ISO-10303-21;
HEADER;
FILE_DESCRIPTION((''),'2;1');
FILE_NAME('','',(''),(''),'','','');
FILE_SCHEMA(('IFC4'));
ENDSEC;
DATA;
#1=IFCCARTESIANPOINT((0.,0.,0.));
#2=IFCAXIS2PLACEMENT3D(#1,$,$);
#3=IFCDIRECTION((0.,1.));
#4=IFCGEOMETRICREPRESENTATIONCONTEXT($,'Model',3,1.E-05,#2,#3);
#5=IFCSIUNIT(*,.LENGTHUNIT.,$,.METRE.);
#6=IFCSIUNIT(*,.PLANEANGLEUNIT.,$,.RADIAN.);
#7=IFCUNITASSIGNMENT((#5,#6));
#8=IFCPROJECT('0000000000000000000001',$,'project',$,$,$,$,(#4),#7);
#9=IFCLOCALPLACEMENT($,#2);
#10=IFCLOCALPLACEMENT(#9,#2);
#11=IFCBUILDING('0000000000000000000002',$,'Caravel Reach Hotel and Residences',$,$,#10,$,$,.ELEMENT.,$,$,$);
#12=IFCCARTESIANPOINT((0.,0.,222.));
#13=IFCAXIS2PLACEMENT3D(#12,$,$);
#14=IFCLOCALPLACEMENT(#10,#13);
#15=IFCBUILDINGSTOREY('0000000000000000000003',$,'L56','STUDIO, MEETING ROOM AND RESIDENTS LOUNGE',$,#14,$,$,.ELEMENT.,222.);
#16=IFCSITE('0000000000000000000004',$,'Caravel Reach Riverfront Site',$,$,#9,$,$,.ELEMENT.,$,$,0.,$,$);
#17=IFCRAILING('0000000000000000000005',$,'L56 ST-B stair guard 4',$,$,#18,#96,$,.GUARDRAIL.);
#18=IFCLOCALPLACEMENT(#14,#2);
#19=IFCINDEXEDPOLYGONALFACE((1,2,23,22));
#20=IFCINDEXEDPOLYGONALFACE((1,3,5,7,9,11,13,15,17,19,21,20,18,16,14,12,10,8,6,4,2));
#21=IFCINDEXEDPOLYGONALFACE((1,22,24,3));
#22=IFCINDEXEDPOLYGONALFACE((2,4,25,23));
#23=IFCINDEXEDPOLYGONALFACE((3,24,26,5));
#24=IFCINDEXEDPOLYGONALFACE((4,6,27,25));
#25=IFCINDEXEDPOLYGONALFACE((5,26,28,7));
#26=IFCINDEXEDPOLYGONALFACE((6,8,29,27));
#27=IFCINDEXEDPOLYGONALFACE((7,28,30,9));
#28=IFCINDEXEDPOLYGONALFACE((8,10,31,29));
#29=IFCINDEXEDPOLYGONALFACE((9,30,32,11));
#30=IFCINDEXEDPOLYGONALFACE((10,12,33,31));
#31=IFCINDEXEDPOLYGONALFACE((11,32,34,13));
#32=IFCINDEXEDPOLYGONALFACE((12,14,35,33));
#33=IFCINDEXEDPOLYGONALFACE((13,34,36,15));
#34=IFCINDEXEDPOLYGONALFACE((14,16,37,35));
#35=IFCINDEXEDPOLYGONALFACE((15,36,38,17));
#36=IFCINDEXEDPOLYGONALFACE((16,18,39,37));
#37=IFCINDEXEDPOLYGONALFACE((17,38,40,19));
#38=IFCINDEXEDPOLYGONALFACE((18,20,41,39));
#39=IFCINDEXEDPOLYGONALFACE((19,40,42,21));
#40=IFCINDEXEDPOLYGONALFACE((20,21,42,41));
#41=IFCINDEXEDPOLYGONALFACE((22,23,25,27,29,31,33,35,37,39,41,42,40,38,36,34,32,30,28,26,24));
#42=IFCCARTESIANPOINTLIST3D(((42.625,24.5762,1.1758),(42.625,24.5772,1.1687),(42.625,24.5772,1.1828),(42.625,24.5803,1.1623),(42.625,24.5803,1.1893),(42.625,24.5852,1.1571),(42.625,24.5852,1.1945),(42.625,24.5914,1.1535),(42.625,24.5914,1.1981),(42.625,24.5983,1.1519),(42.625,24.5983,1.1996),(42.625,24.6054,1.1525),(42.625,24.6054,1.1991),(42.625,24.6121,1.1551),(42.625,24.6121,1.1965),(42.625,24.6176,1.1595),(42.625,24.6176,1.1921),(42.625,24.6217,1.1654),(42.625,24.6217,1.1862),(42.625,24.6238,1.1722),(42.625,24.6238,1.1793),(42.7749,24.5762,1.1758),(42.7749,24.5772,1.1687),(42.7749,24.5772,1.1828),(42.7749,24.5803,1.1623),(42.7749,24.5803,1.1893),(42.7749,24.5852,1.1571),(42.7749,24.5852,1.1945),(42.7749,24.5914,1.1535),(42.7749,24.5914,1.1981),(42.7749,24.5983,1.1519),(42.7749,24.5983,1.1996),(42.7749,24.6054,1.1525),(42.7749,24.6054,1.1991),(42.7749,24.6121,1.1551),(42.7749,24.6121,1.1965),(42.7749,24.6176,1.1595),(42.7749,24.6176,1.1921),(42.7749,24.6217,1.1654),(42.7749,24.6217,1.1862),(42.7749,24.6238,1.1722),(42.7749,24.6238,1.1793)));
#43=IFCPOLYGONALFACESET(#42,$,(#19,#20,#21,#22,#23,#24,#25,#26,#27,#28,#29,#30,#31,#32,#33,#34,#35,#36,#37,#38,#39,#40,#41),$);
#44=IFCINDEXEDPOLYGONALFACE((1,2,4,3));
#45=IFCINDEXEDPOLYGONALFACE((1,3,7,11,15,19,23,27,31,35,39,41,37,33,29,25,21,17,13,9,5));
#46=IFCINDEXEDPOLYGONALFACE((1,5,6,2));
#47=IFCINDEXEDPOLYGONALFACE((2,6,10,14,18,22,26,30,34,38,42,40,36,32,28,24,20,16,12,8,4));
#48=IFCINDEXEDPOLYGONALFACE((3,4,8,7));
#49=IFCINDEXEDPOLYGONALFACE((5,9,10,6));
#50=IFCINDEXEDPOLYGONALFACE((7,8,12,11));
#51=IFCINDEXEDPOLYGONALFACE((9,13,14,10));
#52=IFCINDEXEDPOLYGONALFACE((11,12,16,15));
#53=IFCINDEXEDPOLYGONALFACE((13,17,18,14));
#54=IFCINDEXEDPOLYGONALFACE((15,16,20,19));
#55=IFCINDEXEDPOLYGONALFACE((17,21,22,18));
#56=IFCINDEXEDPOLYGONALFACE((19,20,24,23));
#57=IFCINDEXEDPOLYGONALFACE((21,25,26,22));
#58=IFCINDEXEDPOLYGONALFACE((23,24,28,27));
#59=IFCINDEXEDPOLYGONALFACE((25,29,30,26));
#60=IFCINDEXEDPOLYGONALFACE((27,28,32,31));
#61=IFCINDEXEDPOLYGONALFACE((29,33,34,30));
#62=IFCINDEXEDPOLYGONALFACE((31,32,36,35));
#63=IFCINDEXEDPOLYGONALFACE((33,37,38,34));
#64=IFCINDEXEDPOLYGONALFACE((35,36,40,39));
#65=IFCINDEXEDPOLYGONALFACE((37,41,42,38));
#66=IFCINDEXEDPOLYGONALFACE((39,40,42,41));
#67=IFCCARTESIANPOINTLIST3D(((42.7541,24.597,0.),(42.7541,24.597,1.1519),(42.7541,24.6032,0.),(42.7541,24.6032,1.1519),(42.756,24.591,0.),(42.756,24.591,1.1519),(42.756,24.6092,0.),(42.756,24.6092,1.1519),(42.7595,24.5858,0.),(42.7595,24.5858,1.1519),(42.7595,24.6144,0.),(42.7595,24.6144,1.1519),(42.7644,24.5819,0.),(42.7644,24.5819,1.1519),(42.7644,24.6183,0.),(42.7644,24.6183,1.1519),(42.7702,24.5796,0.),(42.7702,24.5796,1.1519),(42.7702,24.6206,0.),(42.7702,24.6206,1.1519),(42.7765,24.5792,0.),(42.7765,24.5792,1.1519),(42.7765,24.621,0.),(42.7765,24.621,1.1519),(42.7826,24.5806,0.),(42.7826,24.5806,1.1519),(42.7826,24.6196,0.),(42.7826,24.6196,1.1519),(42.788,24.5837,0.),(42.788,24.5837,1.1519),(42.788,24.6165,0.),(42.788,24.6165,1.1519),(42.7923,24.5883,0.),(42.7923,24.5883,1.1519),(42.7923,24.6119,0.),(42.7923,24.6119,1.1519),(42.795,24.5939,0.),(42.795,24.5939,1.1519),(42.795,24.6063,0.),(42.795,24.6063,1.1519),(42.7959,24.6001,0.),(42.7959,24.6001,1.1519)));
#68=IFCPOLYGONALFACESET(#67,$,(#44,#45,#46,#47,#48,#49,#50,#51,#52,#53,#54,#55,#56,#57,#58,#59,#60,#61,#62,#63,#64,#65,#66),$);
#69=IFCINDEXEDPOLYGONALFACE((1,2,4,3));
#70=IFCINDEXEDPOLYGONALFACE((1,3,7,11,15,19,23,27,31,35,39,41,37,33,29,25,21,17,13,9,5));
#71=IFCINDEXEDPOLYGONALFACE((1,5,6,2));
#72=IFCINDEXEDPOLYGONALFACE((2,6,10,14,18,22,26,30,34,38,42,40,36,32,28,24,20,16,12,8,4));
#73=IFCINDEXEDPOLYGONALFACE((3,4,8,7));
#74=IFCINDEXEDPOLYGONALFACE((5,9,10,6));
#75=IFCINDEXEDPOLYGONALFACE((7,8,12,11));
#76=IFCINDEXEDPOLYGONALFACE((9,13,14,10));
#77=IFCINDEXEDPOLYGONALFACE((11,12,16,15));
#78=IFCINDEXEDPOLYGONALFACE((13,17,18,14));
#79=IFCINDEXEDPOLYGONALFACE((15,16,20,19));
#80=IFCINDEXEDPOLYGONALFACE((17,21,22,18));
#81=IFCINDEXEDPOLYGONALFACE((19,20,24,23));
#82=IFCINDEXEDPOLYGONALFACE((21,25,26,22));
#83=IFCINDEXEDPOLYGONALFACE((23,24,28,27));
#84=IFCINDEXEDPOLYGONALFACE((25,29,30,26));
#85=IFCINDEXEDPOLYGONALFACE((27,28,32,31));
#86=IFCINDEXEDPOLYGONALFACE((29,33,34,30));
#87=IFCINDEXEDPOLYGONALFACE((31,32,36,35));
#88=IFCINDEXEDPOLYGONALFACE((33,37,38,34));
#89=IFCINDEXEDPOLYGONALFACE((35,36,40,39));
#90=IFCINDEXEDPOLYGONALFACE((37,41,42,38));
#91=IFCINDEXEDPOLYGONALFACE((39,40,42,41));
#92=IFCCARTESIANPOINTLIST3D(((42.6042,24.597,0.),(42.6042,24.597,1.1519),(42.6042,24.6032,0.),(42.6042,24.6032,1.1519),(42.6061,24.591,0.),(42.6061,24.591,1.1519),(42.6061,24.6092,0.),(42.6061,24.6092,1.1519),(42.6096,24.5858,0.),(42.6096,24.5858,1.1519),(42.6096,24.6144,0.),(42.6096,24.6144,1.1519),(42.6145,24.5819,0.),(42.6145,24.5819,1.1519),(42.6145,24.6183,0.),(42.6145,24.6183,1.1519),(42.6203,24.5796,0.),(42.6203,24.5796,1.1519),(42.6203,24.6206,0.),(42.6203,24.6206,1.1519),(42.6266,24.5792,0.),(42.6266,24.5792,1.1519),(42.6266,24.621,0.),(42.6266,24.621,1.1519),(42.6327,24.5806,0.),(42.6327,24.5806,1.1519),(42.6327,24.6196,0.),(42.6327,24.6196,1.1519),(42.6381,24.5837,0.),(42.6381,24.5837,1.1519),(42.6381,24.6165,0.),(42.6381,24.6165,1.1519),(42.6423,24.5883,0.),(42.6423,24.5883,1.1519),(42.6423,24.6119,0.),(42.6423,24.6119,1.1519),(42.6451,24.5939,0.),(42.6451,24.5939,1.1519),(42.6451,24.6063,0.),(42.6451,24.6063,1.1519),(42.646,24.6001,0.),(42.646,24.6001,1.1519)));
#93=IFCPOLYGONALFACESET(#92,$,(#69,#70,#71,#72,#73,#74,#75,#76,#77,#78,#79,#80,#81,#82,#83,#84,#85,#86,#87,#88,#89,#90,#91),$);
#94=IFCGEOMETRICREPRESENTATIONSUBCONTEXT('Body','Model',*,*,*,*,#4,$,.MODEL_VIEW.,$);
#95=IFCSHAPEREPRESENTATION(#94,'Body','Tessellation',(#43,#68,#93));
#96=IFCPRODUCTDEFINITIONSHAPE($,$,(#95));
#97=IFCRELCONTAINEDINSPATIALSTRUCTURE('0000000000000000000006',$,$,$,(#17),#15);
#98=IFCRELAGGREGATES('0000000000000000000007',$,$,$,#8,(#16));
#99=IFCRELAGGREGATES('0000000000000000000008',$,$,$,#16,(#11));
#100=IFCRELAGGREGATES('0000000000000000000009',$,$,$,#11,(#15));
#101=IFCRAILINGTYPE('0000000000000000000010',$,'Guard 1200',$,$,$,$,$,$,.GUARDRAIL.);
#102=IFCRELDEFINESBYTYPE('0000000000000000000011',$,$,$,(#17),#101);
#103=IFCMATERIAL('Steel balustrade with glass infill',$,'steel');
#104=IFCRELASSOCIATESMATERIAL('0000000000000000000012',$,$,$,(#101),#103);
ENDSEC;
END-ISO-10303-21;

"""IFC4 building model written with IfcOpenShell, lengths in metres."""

from ifc_helpers import new_model, si_unit, direction, frame, origin, origin_2d, place, context, subcontext, project, spatial, circle, extrude, material, type_object, element, save


model = new_model("IFC4")

# Units and contexts
model_context = context("Model", 3, precision=1e-05, world=origin(), true_north=direction((0.0, 1.0)))
body_context = subcontext(model_context, "Body", "Model", "MODEL_VIEW")
ifc_project = project(units=[si_unit("LENGTHUNIT", "METRE"), si_unit("PLANEANGLEUNIT", "RADIAN")], contexts=[model_context])

# Site, building, storey
site_placement = place(None, origin())
site = spatial("IfcSite", under=ifc_project, at=site_placement, Name="Caravel Reach Riverfront Site", CompositionType="ELEMENT", RefElevation=0.0)
building_placement = place(site_placement, origin())
building = spatial("IfcBuilding", under=site, at=building_placement, Name="Caravel Reach Hotel and Residences", CompositionType="ELEMENT")
storey_placement = place(building_placement, frame((0.0, 0.0, 222.0)))
storey = spatial("IfcBuildingStorey", under=building, at=storey_placement, Name="L56", Description="STUDIO, MEETING ROOM AND RESIDENTS LOUNGE", CompositionType="ELEMENT", Elevation=222.0)

# Railing
ifc_material_1 = material(Name="Steel balustrade with glass infill", Category="steel")
railing_type_1 = type_object("IfcRailingType", Name="Guard 1200", PredefinedType="GUARDRAIL", material=ifc_material_1)
railing_1_placement = place(storey_placement, frame((42.7749, 24.6001, 0.0)))
element("IfcRailing", 1, at=railing_1_placement, inside=storey, type_object=railing_type_1, Name="L56 ST-B stair guard 4", PredefinedType="GUARDRAIL", context=body_context, shape_type="SweptSolid", body=[
    extrude(circle(Radius=0.0239, at=origin_2d()), frame((0.0, 0.0, 1.1758), z_axis=(-1.0, 0.0, 0.0), x_axis=(0.0, -1.0, 0.0)), (0.0, 0.0, 1.0), 0.1499),
    extrude(circle(Radius=0.021, at=origin_2d()), origin(), (0.0, 0.0, 1.0), 1.1519),
    extrude(circle(Radius=0.021, at=origin_2d()), frame((-0.1499, 0.0, 0.0)), (0.0, 0.0, 1.0), 1.1519),
])

save(model, "model.ifc")
